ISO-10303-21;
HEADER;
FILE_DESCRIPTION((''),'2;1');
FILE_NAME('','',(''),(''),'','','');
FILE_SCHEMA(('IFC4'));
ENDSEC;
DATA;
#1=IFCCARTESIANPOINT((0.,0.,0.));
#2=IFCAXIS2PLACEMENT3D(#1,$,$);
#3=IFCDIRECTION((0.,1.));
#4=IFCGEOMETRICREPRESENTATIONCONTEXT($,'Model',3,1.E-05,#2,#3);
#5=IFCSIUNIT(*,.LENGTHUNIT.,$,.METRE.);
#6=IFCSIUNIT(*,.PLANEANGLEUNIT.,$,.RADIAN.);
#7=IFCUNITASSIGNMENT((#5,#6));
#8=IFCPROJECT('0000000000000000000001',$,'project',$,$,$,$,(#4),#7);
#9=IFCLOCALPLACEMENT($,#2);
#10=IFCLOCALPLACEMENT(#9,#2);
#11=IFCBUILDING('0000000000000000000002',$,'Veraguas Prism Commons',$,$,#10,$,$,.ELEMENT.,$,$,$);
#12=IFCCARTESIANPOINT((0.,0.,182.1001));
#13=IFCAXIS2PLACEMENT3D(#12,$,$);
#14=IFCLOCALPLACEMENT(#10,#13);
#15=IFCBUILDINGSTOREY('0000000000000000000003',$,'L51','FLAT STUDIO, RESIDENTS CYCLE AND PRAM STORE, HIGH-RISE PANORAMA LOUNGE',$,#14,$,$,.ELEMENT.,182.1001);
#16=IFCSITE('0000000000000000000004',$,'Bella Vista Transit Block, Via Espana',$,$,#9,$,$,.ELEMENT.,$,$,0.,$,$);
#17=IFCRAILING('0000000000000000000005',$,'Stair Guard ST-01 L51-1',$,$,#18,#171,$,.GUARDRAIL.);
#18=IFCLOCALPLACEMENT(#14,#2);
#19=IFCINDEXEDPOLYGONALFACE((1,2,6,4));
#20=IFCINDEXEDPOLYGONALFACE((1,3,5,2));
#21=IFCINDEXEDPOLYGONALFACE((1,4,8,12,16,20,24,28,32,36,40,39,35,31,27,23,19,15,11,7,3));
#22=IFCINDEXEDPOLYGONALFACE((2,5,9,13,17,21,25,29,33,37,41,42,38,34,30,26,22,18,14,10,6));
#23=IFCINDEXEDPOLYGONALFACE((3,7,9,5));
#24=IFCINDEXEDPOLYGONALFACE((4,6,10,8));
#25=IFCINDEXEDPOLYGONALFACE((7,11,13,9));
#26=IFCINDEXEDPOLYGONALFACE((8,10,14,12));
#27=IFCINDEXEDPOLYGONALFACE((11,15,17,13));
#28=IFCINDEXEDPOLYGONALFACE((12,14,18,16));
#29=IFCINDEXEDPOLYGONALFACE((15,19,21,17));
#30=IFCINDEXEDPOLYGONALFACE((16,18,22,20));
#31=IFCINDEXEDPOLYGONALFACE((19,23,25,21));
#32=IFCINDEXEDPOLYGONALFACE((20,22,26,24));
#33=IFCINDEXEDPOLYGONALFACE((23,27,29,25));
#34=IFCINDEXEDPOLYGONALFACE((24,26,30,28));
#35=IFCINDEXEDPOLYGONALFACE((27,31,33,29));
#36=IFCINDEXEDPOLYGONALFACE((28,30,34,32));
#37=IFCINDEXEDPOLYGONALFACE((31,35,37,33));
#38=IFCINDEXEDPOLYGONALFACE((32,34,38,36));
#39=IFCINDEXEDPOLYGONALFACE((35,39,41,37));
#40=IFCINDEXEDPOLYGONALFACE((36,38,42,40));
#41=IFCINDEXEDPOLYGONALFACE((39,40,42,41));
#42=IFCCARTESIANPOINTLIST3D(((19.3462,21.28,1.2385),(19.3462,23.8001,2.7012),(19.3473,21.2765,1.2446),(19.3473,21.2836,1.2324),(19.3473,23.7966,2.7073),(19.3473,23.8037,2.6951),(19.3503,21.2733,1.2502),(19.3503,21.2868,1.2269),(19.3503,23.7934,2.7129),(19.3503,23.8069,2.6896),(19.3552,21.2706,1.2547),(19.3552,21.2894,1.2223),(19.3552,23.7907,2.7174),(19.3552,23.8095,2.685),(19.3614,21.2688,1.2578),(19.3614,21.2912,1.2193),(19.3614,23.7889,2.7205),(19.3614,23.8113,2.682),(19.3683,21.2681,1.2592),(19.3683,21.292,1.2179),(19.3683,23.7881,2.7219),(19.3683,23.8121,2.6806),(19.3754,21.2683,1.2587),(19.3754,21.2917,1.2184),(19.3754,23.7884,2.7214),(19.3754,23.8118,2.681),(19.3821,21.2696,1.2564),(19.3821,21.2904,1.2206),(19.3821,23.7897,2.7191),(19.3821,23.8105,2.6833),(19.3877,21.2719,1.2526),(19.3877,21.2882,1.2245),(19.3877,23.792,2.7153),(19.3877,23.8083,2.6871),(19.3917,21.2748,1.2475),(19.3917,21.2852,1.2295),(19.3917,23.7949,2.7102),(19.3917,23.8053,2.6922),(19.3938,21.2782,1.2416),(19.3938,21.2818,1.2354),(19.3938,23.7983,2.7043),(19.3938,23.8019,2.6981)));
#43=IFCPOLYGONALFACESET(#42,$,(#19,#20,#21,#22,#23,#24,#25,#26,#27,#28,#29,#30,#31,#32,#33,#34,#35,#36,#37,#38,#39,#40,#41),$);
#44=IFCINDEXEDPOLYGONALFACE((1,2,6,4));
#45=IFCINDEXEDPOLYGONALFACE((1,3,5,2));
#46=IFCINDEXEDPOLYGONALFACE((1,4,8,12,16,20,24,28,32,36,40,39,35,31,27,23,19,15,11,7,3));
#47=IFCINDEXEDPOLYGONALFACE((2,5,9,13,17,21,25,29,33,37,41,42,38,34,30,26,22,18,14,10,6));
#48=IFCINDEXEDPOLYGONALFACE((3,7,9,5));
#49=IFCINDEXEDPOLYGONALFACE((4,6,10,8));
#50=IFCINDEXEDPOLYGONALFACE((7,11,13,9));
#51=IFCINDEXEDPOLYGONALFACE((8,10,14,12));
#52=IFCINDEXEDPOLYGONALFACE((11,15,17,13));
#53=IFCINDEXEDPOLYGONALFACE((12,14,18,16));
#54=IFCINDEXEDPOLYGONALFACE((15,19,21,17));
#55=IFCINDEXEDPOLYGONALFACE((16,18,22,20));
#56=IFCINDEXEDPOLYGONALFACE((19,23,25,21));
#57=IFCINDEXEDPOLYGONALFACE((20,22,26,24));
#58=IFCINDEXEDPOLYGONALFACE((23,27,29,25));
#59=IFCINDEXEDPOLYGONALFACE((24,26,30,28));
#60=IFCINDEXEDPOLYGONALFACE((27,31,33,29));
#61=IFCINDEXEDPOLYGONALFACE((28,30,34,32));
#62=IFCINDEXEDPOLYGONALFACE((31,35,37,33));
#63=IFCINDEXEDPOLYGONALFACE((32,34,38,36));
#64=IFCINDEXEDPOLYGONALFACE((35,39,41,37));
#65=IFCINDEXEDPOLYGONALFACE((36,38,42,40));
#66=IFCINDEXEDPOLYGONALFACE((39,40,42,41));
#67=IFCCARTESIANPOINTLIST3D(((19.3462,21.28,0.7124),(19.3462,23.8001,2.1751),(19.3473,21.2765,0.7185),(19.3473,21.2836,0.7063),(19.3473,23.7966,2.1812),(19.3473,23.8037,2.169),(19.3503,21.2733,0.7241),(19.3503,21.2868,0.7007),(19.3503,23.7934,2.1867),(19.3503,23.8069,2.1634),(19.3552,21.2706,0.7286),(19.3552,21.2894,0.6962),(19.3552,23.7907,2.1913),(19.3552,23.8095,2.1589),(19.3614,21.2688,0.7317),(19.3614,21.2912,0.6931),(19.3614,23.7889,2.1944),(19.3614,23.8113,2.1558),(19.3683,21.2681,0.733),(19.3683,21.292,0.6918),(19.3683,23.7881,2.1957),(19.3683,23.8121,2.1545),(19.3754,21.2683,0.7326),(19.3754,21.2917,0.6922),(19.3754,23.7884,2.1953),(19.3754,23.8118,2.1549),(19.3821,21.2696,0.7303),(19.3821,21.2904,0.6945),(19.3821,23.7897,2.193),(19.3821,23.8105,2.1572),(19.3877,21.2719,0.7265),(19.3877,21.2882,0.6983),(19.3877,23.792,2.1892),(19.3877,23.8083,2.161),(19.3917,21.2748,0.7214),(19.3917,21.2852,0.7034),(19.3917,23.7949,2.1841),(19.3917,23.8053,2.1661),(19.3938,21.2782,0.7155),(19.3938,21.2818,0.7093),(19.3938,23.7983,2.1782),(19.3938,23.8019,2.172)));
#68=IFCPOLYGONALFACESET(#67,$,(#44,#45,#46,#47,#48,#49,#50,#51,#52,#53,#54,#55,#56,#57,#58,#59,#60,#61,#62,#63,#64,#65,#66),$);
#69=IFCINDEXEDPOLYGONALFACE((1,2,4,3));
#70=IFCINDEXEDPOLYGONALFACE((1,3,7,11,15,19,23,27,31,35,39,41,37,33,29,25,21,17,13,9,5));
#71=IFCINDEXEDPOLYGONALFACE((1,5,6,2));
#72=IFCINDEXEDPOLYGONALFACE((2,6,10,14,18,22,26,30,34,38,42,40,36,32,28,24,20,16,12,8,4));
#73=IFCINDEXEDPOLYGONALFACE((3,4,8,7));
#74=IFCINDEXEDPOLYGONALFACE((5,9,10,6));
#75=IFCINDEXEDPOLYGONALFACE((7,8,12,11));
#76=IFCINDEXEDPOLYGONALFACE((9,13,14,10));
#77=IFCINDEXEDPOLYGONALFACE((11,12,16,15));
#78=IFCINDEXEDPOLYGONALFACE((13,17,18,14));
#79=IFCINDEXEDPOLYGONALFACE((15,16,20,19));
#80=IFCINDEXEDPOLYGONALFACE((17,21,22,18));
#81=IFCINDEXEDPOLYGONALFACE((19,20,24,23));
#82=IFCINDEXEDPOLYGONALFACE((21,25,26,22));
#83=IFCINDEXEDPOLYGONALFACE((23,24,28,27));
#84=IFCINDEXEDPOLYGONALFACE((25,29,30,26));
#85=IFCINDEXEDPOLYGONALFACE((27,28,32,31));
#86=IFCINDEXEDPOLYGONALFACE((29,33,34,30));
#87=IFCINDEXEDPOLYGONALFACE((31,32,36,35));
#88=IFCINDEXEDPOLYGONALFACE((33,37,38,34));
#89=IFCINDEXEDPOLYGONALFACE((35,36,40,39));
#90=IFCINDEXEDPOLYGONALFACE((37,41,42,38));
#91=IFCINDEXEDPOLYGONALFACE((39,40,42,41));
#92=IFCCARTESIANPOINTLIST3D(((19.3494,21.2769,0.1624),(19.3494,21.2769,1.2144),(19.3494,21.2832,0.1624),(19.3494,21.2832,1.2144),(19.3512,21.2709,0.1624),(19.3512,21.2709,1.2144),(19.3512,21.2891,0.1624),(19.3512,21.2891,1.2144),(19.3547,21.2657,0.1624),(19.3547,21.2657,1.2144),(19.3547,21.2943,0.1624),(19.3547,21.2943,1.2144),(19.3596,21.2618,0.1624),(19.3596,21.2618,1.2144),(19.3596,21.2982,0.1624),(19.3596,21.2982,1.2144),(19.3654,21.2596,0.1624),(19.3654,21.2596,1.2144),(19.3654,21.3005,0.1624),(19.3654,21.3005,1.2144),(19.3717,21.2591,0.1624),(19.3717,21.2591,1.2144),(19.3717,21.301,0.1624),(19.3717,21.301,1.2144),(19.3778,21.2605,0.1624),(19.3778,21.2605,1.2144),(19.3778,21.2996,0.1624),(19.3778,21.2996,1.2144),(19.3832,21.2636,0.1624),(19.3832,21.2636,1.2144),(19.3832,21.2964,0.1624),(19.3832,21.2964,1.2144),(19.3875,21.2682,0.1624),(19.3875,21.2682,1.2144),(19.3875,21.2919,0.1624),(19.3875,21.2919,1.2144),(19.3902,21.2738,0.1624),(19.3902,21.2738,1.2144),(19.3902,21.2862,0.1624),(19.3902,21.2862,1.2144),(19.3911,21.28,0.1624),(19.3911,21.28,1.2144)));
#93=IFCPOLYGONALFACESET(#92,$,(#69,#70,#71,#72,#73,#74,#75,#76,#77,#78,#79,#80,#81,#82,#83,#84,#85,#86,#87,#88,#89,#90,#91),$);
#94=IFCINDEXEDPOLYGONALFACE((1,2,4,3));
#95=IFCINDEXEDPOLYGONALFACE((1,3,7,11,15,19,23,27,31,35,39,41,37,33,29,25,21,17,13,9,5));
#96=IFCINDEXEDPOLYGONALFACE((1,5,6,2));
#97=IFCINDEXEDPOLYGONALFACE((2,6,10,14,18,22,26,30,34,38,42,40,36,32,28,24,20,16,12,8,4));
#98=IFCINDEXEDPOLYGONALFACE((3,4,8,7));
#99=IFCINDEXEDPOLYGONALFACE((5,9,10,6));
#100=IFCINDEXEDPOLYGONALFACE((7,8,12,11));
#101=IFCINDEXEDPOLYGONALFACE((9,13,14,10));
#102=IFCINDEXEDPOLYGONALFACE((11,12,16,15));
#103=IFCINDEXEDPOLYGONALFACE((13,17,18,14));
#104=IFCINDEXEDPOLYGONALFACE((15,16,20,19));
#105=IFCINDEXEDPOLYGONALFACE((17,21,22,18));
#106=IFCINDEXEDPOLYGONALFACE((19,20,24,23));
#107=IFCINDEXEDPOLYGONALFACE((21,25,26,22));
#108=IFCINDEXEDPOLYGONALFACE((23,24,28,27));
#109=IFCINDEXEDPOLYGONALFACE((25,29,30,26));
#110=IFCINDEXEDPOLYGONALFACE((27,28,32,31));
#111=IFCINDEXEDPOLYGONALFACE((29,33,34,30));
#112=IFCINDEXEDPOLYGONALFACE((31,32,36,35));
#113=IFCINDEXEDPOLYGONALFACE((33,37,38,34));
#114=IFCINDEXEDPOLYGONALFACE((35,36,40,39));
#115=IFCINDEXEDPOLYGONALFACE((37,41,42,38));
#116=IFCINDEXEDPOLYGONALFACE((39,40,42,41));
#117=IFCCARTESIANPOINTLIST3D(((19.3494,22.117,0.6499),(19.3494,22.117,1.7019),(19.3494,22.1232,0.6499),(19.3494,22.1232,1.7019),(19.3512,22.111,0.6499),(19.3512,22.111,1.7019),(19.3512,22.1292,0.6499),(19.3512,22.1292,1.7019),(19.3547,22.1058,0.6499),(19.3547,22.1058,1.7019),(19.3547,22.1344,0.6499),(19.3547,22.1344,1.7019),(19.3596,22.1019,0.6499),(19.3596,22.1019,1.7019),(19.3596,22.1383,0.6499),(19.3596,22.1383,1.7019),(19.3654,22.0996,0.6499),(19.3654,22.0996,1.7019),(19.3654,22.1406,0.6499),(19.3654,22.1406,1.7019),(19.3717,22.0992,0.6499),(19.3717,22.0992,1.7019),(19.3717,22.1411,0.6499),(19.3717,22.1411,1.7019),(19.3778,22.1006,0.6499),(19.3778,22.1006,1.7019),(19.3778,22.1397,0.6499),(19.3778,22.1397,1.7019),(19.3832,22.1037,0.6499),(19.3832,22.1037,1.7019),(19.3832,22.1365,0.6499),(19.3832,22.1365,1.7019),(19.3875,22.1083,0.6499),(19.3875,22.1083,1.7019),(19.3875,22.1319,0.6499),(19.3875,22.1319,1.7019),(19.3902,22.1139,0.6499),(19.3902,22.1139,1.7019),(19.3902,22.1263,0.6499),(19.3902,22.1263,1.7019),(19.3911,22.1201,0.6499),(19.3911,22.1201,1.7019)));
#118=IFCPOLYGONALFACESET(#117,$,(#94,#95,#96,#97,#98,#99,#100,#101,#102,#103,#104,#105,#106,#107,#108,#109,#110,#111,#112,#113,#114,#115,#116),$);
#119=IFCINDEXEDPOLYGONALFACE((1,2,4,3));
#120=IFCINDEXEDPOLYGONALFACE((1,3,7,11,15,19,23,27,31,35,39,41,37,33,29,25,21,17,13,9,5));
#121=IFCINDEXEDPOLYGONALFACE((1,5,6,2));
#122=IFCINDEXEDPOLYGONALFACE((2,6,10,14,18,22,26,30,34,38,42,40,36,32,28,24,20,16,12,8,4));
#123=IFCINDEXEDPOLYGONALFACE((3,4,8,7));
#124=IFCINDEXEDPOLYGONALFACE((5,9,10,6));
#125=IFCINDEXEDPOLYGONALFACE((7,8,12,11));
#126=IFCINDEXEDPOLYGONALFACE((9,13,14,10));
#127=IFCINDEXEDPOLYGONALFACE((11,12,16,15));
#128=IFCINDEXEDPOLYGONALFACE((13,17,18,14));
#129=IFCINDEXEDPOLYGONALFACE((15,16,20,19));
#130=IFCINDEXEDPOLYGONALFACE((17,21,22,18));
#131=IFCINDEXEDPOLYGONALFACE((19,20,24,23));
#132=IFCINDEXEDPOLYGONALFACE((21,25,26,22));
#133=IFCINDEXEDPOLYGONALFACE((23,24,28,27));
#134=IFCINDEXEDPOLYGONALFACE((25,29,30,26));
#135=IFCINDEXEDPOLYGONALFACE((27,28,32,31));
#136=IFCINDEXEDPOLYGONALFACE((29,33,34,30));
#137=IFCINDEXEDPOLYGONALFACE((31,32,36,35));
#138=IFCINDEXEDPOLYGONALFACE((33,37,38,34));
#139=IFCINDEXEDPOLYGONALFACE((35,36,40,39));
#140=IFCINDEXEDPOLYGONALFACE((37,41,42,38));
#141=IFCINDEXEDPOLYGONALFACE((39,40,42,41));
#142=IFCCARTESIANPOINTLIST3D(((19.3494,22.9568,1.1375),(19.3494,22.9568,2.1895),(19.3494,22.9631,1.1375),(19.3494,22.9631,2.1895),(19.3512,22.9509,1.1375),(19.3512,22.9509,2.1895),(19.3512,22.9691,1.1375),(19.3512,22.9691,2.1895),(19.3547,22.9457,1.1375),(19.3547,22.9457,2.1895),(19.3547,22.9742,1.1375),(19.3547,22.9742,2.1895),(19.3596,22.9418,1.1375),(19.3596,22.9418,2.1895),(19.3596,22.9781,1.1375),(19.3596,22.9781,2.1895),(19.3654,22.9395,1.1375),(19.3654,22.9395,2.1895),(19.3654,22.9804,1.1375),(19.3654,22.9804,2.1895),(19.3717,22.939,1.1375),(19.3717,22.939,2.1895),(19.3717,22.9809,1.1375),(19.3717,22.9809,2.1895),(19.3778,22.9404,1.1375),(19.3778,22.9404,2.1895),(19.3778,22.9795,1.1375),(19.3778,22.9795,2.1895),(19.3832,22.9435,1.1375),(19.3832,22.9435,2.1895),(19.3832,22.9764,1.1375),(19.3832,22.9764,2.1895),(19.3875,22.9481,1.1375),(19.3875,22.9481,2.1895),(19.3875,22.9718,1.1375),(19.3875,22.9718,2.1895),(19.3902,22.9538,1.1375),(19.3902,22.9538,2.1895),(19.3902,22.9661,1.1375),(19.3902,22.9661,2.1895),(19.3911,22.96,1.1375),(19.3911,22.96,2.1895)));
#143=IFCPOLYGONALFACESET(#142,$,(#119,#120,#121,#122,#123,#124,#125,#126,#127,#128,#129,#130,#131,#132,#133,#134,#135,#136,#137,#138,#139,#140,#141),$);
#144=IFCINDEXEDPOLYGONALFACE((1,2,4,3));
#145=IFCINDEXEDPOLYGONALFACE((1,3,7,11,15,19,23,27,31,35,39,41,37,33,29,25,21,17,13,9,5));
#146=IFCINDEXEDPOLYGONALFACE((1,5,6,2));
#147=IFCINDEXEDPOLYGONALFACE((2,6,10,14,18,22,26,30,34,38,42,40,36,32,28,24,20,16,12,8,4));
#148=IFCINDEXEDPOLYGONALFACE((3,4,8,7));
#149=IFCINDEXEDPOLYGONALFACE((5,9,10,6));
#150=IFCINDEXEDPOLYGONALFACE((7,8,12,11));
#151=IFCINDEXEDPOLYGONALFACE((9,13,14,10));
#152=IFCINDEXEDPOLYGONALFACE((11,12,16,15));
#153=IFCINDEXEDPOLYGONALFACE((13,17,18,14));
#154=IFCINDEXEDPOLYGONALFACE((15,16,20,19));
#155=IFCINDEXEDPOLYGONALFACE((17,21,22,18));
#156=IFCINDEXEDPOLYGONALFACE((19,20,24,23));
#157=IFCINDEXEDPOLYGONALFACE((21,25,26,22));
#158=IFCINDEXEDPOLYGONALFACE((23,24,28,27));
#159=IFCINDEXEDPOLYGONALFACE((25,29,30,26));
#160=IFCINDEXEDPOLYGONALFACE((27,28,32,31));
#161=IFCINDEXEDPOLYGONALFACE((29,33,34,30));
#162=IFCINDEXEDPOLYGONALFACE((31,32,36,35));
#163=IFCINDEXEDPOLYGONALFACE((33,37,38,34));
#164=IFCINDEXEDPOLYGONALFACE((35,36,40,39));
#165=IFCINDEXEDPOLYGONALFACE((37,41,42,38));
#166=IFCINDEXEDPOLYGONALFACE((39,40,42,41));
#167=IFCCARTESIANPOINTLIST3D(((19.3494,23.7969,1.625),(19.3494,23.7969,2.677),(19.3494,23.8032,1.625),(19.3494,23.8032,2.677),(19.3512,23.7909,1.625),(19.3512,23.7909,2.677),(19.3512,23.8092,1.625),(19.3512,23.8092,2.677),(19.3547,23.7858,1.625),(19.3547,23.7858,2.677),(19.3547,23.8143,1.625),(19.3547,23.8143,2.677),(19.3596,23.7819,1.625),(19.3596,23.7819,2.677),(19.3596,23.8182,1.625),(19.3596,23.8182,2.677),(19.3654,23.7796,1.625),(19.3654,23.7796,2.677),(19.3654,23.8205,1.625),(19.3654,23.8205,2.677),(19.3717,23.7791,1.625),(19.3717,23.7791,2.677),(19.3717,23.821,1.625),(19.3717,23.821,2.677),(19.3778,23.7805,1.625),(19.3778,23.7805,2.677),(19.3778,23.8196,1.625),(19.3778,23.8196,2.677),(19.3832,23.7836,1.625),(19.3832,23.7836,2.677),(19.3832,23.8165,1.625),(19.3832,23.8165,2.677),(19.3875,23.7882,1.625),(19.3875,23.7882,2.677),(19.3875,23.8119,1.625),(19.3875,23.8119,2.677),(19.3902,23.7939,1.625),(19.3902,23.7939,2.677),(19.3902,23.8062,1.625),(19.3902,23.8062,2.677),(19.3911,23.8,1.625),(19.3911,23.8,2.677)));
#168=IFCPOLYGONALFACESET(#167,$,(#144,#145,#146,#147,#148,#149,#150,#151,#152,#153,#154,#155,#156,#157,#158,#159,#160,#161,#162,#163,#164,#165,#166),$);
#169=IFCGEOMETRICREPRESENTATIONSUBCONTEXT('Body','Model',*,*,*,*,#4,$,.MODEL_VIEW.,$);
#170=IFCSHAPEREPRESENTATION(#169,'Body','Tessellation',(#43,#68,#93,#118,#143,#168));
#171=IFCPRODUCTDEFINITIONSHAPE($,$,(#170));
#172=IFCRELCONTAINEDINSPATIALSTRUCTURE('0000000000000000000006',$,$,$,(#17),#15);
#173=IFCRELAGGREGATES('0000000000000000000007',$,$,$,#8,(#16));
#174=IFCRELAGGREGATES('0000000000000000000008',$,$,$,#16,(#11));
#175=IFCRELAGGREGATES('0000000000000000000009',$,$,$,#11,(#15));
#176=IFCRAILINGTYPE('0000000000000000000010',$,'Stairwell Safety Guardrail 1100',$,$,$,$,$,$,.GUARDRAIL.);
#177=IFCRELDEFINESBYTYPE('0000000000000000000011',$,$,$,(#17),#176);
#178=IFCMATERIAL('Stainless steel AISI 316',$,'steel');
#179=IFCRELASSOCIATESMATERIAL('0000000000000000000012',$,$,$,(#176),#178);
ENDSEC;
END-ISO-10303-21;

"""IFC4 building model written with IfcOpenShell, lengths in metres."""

from ifc_helpers import new_model, si_unit, direction, frame, origin, origin_2d, place, context, subcontext, project, spatial, circle, extrude, material, type_object, element, save


model = new_model("IFC4")

# Units and contexts
model_context = context("Model", 3, precision=1e-05, world=origin(), true_north=direction((0.0, 1.0)))
body_context = subcontext(model_context, "Body", "Model", "MODEL_VIEW")
ifc_project = project(units=[si_unit("LENGTHUNIT", "METRE"), si_unit("PLANEANGLEUNIT", "RADIAN")], contexts=[model_context])

# Site, building, storey
site_placement = place(None, origin())
site = spatial("IfcSite", under=ifc_project, at=site_placement, Name="Bella Vista Transit Block, Via Espana", CompositionType="ELEMENT", RefElevation=0.0)
building_placement = place(site_placement, origin())
building = spatial("IfcBuilding", under=site, at=building_placement, Name="Veraguas Prism Commons", CompositionType="ELEMENT")
storey_placement = place(building_placement, frame((0.0, 0.0, 182.1001)))
storey = spatial("IfcBuildingStorey", under=building, at=storey_placement, Name="L51", Description="FLAT STUDIO, RESIDENTS CYCLE AND PRAM STORE, HIGH-RISE PANORAMA LOUNGE", CompositionType="ELEMENT", Elevation=182.1001)

# Railing
ifc_material_1 = material(Name="Stainless steel AISI 316", Category="steel")
railing_type_1 = type_object("IfcRailingType", Name="Stairwell Safety Guardrail 1100", PredefinedType="GUARDRAIL", material=ifc_material_1)
railing_1_placement = place(storey_placement, frame((19.3701, 21.28, 0.1624)))
element("IfcRailing", 1, at=railing_1_placement, inside=storey, type_object=railing_type_1, Name="Stair Guard ST-01 L51-1", PredefinedType="GUARDRAIL", context=body_context, shape_type="SweptSolid", body=[
    extrude(circle(Radius=0.0239, at=origin_2d()), frame((0.0, 0.0, 1.0762), z_axis=(0.0, 0.864877, 0.501984), x_axis=(-1.0, 0.0, 0.0)), (0.0, 0.0, 1.0), 2.9138),
    extrude(circle(Radius=0.0239, at=origin_2d()), frame((0.0, 0.0, 0.55), z_axis=(0.0, 0.864877, 0.501984), x_axis=(-1.0, 0.0, 0.0)), (0.0, 0.0, 1.0), 2.9138),
    extrude(circle(Radius=0.021, at=origin_2d()), origin(), (0.0, 0.0, 1.0), 1.052),
    extrude(circle(Radius=0.021, at=origin_2d()), frame((0.0, 0.8401, 0.4875)), (0.0, 0.0, 1.0), 1.052),
    extrude(circle(Radius=0.021, at=origin_2d()), frame((0.0, 1.6799, 0.9751)), (0.0, 0.0, 1.0), 1.052),
    extrude(circle(Radius=0.021, at=origin_2d()), frame((0.0, 2.52, 1.4626)), (0.0, 0.0, 1.0), 1.052),
])

save(model, "model.ifc")
